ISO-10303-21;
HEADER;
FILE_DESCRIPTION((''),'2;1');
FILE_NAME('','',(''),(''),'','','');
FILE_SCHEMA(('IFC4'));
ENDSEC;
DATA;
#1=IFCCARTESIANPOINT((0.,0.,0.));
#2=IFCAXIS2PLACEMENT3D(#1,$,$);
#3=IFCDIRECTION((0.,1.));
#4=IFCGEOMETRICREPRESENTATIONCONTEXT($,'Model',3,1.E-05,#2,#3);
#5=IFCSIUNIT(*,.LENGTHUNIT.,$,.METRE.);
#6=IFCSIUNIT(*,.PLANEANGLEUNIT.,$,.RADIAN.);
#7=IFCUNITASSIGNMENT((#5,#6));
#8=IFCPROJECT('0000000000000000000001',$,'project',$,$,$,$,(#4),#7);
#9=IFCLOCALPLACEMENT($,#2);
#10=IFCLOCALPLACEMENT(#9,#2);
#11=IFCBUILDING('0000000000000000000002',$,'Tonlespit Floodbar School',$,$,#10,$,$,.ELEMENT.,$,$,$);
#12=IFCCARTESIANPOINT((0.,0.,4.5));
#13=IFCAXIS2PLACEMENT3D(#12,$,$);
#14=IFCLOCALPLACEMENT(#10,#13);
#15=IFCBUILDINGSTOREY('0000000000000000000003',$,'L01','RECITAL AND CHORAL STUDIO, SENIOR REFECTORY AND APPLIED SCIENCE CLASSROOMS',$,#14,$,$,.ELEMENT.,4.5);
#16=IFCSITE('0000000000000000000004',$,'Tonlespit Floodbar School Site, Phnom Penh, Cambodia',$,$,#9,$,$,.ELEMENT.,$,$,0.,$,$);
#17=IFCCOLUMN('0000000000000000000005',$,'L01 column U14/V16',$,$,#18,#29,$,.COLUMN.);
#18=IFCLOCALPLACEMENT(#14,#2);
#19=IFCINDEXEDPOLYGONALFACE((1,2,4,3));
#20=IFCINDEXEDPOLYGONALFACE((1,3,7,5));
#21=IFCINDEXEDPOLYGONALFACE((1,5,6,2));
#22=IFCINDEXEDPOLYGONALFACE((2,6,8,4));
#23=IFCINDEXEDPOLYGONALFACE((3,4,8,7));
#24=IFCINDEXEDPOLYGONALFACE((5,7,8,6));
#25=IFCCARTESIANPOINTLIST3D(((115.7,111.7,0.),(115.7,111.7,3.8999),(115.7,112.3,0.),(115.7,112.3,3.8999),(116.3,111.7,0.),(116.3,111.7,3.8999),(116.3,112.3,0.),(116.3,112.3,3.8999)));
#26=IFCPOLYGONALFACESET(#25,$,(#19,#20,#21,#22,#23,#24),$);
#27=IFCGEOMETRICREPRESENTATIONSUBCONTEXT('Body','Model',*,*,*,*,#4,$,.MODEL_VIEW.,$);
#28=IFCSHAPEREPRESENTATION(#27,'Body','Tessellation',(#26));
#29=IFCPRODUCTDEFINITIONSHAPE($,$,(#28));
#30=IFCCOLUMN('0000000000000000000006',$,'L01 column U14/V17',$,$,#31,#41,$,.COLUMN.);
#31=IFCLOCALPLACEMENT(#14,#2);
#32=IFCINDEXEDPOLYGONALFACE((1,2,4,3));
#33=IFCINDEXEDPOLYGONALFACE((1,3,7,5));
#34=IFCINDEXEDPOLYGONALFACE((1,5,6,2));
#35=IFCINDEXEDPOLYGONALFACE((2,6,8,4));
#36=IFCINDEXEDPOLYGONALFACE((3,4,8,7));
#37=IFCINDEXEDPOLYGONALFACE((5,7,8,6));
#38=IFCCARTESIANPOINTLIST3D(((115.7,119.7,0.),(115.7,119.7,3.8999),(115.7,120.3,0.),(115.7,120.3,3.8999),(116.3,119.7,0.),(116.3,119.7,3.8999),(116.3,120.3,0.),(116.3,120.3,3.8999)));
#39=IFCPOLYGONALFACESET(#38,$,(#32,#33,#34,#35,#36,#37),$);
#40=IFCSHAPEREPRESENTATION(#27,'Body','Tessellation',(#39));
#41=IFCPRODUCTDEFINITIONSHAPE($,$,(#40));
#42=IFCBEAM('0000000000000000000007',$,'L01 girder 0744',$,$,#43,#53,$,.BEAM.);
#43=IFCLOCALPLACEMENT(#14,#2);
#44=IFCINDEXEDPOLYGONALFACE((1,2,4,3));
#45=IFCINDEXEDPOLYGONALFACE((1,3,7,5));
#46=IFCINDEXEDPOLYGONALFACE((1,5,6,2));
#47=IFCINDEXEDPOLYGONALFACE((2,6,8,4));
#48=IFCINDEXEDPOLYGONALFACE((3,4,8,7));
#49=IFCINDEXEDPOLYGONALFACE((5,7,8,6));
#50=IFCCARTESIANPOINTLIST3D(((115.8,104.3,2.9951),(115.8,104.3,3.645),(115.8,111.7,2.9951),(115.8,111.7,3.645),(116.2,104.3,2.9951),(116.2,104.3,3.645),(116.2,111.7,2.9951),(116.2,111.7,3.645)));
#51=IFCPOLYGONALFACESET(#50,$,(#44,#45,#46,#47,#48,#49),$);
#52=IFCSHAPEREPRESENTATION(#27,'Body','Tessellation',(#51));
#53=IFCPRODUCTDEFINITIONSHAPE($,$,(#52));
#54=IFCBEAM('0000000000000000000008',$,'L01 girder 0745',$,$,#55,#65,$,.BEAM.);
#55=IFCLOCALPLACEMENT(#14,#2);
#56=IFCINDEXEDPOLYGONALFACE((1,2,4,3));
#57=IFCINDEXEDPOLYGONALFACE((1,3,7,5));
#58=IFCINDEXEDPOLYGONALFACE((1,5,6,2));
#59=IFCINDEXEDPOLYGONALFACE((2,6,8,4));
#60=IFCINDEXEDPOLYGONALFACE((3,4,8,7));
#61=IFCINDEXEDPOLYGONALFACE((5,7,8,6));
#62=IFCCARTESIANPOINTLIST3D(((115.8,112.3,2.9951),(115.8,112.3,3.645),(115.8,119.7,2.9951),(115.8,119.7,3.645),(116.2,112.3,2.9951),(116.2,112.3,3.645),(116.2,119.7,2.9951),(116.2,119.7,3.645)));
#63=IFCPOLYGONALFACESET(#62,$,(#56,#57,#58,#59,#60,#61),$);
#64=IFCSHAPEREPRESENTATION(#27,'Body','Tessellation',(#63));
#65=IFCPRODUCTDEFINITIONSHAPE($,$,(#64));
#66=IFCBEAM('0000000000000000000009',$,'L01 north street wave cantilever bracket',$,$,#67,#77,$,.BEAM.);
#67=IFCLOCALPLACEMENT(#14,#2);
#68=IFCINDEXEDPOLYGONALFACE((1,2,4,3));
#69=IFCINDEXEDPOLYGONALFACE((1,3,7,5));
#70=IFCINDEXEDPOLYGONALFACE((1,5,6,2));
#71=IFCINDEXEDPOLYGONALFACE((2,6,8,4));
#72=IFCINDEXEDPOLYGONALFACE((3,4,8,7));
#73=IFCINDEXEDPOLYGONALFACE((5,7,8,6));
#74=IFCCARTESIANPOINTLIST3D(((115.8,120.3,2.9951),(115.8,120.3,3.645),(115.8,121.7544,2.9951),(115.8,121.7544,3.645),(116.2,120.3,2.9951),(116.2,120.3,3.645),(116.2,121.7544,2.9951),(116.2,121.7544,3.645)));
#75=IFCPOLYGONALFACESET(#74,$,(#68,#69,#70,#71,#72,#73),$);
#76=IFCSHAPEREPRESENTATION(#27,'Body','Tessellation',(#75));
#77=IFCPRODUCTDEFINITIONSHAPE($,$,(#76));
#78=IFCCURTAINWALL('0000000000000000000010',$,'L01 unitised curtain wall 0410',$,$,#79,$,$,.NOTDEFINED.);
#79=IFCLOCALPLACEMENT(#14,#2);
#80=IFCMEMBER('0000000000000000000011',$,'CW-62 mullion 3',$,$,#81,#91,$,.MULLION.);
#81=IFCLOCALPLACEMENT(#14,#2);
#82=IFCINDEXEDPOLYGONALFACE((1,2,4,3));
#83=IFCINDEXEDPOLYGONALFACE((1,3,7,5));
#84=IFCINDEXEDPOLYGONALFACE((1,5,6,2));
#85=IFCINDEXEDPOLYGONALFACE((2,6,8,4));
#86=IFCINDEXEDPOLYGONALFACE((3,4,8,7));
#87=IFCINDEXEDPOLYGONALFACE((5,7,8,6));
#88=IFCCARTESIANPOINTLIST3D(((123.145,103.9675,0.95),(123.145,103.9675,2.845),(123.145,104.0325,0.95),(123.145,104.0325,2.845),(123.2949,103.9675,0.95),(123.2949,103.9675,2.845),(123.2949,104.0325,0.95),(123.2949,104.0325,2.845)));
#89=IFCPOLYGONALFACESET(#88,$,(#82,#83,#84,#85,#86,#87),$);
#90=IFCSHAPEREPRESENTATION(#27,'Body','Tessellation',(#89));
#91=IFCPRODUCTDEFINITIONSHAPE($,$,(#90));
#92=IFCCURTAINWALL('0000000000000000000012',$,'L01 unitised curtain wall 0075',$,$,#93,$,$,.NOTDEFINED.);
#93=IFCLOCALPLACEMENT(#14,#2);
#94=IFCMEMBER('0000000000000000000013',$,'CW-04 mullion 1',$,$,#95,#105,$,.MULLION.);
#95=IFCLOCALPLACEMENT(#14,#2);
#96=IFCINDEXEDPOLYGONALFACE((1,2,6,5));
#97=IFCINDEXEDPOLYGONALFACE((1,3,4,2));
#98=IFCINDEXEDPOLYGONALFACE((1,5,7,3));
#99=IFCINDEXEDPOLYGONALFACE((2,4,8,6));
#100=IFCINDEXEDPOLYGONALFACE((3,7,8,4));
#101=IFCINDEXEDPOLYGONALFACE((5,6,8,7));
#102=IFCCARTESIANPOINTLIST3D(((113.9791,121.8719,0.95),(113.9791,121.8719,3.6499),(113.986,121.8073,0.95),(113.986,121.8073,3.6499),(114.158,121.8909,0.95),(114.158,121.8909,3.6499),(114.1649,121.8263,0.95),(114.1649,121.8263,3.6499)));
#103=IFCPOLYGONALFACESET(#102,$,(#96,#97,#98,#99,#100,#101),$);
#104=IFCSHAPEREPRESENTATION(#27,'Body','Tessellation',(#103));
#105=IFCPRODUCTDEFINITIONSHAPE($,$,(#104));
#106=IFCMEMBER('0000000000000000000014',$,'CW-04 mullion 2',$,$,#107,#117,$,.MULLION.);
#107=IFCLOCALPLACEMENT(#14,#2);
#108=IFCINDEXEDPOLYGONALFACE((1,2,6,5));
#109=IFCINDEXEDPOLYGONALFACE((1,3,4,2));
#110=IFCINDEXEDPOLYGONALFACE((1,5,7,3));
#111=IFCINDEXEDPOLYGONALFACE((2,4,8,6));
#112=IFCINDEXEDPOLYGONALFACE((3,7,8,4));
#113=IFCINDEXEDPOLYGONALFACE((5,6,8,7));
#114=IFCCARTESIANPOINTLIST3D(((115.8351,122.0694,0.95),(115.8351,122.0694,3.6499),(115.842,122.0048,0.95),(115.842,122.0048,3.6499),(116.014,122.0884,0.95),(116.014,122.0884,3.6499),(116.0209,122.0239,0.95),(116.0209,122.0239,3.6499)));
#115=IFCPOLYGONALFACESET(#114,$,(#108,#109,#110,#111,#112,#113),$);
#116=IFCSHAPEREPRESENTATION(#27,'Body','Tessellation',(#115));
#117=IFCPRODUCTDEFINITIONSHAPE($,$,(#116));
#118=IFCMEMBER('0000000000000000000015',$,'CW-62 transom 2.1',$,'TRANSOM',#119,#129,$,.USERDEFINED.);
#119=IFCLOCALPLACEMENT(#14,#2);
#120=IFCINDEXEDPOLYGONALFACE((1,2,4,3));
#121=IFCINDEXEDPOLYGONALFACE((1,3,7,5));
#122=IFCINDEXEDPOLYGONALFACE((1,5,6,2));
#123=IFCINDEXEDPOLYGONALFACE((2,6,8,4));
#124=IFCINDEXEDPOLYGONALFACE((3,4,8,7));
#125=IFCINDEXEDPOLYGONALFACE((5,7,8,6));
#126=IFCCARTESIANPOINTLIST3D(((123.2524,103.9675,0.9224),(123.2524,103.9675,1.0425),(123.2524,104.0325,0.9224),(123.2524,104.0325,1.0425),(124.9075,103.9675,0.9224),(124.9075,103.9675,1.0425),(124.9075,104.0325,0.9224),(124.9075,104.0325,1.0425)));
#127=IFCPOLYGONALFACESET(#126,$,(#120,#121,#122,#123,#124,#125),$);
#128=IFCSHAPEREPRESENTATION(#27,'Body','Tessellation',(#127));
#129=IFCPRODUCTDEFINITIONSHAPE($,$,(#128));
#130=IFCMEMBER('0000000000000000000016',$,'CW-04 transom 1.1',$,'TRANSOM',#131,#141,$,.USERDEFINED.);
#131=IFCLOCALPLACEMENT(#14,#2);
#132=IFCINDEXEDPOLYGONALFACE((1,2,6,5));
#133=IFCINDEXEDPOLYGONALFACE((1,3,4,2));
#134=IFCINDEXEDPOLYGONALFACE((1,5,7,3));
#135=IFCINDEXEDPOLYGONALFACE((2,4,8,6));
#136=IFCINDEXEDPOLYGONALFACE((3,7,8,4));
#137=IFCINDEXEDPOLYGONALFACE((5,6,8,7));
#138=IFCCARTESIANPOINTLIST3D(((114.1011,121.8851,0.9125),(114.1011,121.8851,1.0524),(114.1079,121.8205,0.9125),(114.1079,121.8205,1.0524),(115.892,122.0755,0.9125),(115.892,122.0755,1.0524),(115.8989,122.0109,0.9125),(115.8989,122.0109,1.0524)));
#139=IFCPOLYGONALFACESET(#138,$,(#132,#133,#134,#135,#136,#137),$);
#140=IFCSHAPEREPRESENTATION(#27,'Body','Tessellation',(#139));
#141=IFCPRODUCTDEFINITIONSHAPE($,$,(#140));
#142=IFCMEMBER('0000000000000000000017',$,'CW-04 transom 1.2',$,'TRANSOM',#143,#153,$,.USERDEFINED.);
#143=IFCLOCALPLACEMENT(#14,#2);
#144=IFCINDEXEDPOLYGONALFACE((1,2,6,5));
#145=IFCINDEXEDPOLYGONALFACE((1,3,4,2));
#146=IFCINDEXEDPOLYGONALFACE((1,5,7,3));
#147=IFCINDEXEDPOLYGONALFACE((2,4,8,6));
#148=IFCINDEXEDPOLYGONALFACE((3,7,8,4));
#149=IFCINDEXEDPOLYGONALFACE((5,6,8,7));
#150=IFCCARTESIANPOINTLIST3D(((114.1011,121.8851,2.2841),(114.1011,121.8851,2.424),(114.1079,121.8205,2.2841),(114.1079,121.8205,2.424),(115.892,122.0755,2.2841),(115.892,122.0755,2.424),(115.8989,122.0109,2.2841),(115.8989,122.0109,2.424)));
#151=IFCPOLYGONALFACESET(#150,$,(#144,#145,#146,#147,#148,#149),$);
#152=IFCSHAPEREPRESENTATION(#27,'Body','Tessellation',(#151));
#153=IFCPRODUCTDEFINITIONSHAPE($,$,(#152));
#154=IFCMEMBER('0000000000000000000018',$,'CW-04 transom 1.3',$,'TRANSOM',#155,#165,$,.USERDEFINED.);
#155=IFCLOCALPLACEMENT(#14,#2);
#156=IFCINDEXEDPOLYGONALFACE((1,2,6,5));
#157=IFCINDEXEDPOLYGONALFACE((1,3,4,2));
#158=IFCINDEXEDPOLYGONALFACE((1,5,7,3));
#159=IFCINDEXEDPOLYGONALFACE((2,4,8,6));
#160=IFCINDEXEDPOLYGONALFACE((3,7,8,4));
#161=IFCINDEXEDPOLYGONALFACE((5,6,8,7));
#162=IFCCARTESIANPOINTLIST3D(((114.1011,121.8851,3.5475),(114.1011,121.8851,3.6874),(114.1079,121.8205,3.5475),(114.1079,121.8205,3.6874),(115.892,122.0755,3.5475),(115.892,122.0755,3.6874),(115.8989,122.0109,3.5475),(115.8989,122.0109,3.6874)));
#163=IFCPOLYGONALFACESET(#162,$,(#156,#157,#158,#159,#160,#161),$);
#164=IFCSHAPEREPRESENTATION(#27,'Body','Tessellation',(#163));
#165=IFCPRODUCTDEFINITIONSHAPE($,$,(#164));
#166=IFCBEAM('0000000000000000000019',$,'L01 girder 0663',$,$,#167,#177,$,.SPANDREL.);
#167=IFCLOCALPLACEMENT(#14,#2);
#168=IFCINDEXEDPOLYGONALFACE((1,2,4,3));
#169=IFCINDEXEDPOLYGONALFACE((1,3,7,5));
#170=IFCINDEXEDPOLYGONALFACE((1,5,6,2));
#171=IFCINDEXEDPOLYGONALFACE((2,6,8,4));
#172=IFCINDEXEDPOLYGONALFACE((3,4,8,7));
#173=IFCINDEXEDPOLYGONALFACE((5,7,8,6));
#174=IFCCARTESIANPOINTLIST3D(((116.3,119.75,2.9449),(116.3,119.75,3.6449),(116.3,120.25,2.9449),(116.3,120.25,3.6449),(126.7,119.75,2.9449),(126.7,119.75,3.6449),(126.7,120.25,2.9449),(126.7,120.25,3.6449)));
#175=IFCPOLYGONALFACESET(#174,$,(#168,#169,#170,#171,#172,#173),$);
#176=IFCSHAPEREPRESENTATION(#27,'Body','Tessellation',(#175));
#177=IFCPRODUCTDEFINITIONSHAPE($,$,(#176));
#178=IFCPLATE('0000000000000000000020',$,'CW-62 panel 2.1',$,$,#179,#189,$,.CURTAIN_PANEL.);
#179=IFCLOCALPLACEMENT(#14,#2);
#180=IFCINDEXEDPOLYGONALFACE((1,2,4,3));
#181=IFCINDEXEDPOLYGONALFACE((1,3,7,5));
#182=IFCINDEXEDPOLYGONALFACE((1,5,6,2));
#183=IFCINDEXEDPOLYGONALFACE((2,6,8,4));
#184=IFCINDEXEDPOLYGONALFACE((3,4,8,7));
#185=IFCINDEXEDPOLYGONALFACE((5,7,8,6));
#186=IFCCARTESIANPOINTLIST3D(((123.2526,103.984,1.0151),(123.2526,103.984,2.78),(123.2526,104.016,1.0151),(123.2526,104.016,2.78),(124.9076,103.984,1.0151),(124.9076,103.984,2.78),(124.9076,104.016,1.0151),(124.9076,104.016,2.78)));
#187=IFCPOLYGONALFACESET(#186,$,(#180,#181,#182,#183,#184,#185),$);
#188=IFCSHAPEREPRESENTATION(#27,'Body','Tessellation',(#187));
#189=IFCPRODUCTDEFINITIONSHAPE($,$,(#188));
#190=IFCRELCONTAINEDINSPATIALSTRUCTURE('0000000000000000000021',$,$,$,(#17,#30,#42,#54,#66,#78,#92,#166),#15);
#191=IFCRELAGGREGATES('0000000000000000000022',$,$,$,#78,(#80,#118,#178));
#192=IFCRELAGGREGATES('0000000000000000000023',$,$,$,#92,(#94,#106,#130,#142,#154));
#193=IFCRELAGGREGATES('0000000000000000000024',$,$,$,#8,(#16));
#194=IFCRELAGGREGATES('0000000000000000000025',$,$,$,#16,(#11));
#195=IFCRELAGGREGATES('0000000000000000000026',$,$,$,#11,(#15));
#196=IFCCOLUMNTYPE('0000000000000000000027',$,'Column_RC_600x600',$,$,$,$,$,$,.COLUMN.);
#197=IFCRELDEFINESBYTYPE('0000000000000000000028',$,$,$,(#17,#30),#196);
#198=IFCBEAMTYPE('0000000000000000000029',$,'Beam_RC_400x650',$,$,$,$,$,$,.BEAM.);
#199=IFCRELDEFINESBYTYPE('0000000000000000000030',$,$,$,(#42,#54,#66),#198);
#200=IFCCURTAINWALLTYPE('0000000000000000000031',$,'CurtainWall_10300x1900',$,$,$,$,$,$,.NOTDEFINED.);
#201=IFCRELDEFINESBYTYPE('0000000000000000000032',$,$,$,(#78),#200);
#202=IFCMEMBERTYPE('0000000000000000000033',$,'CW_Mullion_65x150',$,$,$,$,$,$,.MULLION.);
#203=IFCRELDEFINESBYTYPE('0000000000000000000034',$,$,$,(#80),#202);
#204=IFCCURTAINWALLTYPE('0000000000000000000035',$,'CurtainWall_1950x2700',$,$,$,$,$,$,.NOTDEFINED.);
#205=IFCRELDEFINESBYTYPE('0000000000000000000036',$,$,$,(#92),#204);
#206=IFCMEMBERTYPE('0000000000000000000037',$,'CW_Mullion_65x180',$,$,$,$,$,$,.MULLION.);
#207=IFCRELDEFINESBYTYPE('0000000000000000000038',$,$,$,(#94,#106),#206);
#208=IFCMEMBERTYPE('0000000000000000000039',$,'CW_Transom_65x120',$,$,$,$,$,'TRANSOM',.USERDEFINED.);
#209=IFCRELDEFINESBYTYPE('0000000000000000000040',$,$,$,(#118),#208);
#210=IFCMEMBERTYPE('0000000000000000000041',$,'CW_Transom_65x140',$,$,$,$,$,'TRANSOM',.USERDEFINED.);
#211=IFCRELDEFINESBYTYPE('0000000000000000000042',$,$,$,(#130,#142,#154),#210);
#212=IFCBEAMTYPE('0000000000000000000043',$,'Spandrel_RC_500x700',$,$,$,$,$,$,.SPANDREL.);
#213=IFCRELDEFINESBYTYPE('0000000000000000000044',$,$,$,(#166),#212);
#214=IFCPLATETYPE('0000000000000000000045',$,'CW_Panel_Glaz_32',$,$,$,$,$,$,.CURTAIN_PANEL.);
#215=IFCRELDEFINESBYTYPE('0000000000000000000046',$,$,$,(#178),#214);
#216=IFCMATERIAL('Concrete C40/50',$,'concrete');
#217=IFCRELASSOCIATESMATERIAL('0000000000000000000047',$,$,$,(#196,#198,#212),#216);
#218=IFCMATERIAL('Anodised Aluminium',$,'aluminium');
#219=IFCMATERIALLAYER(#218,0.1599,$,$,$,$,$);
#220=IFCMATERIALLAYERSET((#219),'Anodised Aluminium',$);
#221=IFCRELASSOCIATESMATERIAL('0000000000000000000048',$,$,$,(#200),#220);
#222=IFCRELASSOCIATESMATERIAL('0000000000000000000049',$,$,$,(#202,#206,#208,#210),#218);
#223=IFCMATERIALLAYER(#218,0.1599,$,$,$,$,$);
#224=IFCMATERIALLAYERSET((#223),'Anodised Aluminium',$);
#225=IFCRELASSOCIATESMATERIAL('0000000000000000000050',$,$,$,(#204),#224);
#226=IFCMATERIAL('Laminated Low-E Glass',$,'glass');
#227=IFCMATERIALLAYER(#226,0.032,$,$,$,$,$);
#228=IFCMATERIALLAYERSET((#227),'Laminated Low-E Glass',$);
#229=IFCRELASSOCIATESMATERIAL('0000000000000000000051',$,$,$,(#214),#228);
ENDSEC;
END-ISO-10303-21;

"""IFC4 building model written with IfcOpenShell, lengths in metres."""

from ifc_helpers import new_model, si_unit, direction, frame, origin, origin_2d, place, context, subcontext, project, spatial, rectangle, extrude, material, layer, layer_set, material_profile, profile_set, type_object, element, aggregate, save


model = new_model("IFC4")

# Units and contexts
model_context = context("Model", 3, precision=1e-05, world=origin(), true_north=direction((0.0, 1.0)))
body_context = subcontext(model_context, "Body", "Model", "MODEL_VIEW")
ifc_project = project(units=[si_unit("LENGTHUNIT", "METRE"), si_unit("PLANEANGLEUNIT", "RADIAN")], contexts=[model_context])

# Site, building, storey
site_placement = place(None, origin())
site = spatial("IfcSite", under=ifc_project, at=site_placement, Name="Tonlespit Floodbar School Site, Phnom Penh, Cambodia", CompositionType="ELEMENT", RefElevation=0.0)
building_placement = place(site_placement, origin())
building = spatial("IfcBuilding", under=site, at=building_placement, Name="Tonlespit Floodbar School", CompositionType="ELEMENT")
storey_placement = place(building_placement, frame((0.0, 0.0, 4.5)))
storey = spatial("IfcBuildingStorey", under=building, at=storey_placement, Name="L01", Description="RECITAL AND CHORAL STUDIO, SENIOR REFECTORY AND APPLIED SCIENCE CLASSROOMS", CompositionType="ELEMENT", Elevation=4.5)

# Columns
ifc_material_1 = material(Name="Concrete C40/50", Category="concrete")
ifc_material_profile_1 = material_profile(ifc_material_1, rectangle(XDim=0.6001, YDim=0.6001, at=origin_2d()), Name="RC 600x600")
ifc_profile_set_1 = profile_set([ifc_material_profile_1], Name="Concrete C40/50")
column_type = type_object("IfcColumnType", Name="Column_RC_600x600", PredefinedType="COLUMN", material=ifc_profile_set_1)
for number, where, z_axis, x_axis, name in (
    (1, (116.0, 112.0, 0.0), (0.0, 0.0, 1.0), (1.0, 0.0, 0.0), "L01 column U14/V16"),
    (2, (116.0, 120.0, 0.0), (0.0, 0.0, 1.0), (1.0, 0.0, 0.0), "L01 column U14/V17"),
):
    element("IfcColumn", number, at=place(storey_placement, frame(where, z_axis=z_axis, x_axis=x_axis)), inside=storey, type_object=column_type, Name=name, PredefinedType="COLUMN", context=body_context, shape_type="SweptSolid", body=[
        extrude(rectangle(XDim=0.6001, YDim=0.6001, at=origin_2d()), origin(), (0.0, 0.0, 1.0), 3.8999),
    ])

# Beams
ifc_material_profile_2 = material_profile(ifc_material_1, rectangle(XDim=0.3999, YDim=0.6499, at=origin_2d()), Name="RC 400x650")
ifc_profile_set_2 = profile_set([ifc_material_profile_2], Name="Concrete C40/50")
beam_type_1 = type_object("IfcBeamType", Name="Beam_RC_400x650", PredefinedType="BEAM", material=ifc_profile_set_2)
for number, where, z_axis, x_axis, name in (
    (3, (116.0, 104.3, 3.3201), (0.0, 1.0, 0.0), (-1.0, 0.0, 0.0), "L01 girder 0744"),
    (4, (116.0, 112.3, 3.3201), (0.0, 1.0, 0.0), (-1.0, 0.0, 0.0), "L01 girder 0745"),
):
    element("IfcBeam", number, at=place(storey_placement, frame(where, z_axis=z_axis, x_axis=x_axis)), inside=storey, type_object=beam_type_1, Name=name, PredefinedType="BEAM", context=body_context, shape_type="SweptSolid", body=[
        extrude(rectangle(XDim=0.3999, YDim=0.6499, at=origin_2d()), origin(), (0.0, 0.0, 1.0), 7.3999),
    ])
beam_1_placement = place(storey_placement, frame((116.0, 120.3, 3.3201), z_axis=(0.0, 1.0, 0.0), x_axis=(-1.0, 0.0, 0.0)))
element("IfcBeam", 5, at=beam_1_placement, inside=storey, type_object=beam_type_1, Name="L01 north street wave cantilever bracket", PredefinedType="BEAM", context=body_context, shape_type="SweptSolid", body=[
    extrude(rectangle(XDim=0.3999, YDim=0.6499, at=origin_2d()), origin(), (0.0, 0.0, 1.0), 1.4543),
])

# Curtain wall, member
ifc_material_2 = material(Name="Anodised Aluminium", Category="aluminium")
ifc_layer_1 = layer(ifc_material_2, 0.1599)
ifc_layer_set_1 = layer_set([ifc_layer_1], Name="Anodised Aluminium")
curtain_wall_type_1 = type_object("IfcCurtainWallType", Name="CurtainWall_10300x1900", PredefinedType="NOTDEFINED", material=ifc_layer_set_1)
curtain_wall_1_placement = place(storey_placement, origin())
curtain_wall_1 = element("IfcCurtainWall", 6, at=curtain_wall_1_placement, inside=storey, type_object=curtain_wall_type_1, Name="L01 unitised curtain wall 0410", PredefinedType="NOTDEFINED")
ifc_material_profile_3 = material_profile(ifc_material_2, rectangle(XDim=0.0649, YDim=0.1499, at=origin_2d()), Name="ALU M65x150")
ifc_profile_set_3 = profile_set([ifc_material_profile_3], Name="Anodised Aluminium")
member_type_1 = type_object("IfcMemberType", Name="CW_Mullion_65x150", PredefinedType="MULLION", material=ifc_profile_set_3)
member_1_placement = place(storey_placement, frame((123.22, 104.0, 0.95), z_axis=(0.0, 0.0, 1.0), x_axis=(0.0, -1.0, 0.0)))
member_1 = element("IfcMember", 7, at=member_1_placement, type_object=member_type_1, Name="CW-62 mullion 3", PredefinedType="MULLION", context=body_context, shape_type="SweptSolid", body=[
    extrude(rectangle(XDim=0.0649, YDim=0.1499, at=origin_2d()), origin(), (0.0, 0.0, 1.0), 1.895),
])

# Curtain wall, members
ifc_layer_2 = layer(ifc_material_2, 0.1599)
ifc_layer_set_2 = layer_set([ifc_layer_2], Name="Anodised Aluminium")
curtain_wall_type_2 = type_object("IfcCurtainWallType", Name="CurtainWall_1950x2700", PredefinedType="NOTDEFINED", material=ifc_layer_set_2)
curtain_wall_2_placement = place(storey_placement, origin())
curtain_wall_2 = element("IfcCurtainWall", 8, at=curtain_wall_2_placement, inside=storey, type_object=curtain_wall_type_2, Name="L01 unitised curtain wall 0075", PredefinedType="NOTDEFINED")
ifc_material_profile_4 = material_profile(ifc_material_2, rectangle(XDim=0.0649, YDim=0.1799, at=origin_2d()), Name="ALU M65x180")
ifc_profile_set_4 = profile_set([ifc_material_profile_4], Name="Anodised Aluminium")
member_type_2 = type_object("IfcMemberType", Name="CW_Mullion_65x180", PredefinedType="MULLION", material=ifc_profile_set_4)
member_2_placement = place(storey_placement, frame((114.072, 121.8491, 0.95), z_axis=(0.0, 0.0, 1.0), x_axis=(-0.105787, 0.994389, 0.0)))
member_2 = element("IfcMember", 9, at=member_2_placement, type_object=member_type_2, Name="CW-04 mullion 1", PredefinedType="MULLION", context=body_context, shape_type="SweptSolid", body=[
    extrude(rectangle(XDim=0.0649, YDim=0.1799, at=origin_2d()), origin(), (0.0, 0.0, 1.0), 2.7),
])
member_3_placement = place(storey_placement, frame((115.928, 122.0466, 0.95), z_axis=(0.0, 0.0, 1.0), x_axis=(-0.105787, 0.994389, 0.0)))
member_3 = element("IfcMember", 10, at=member_3_placement, type_object=member_type_2, Name="CW-04 mullion 2", PredefinedType="MULLION", context=body_context, shape_type="SweptSolid", body=[
    extrude(rectangle(XDim=0.0649, YDim=0.1799, at=origin_2d()), origin(), (0.0, 0.0, 1.0), 2.7),
])

# Members
ifc_material_profile_5 = material_profile(ifc_material_2, rectangle(XDim=0.0649, YDim=0.1201, at=origin_2d()), Name="ALU T65x120")
ifc_profile_set_5 = profile_set([ifc_material_profile_5], Name="Anodised Aluminium")
member_type_3 = type_object("IfcMemberType", Name="CW_Transom_65x120", ElementType="TRANSOM", PredefinedType="USERDEFINED", material=ifc_profile_set_5)
member_4_placement = place(storey_placement, frame((124.9075, 104.0, 0.9824), z_axis=(-1.0, 0.0, 0.0), x_axis=(0.0, -1.0, 0.0)))
member_4 = element("IfcMember", 11, at=member_4_placement, type_object=member_type_3, Name="CW-62 transom 2.1", ObjectType="TRANSOM", PredefinedType="USERDEFINED", context=body_context, shape_type="SweptSolid", body=[
    extrude(rectangle(XDim=0.0649, YDim=0.1201, at=origin_2d()), origin(), (0.0, 0.0, 1.0), 1.655),
])
ifc_material_profile_6 = material_profile(ifc_material_2, rectangle(XDim=0.0649, YDim=0.1399, at=origin_2d()), Name="ALU T65x140")
ifc_profile_set_6 = profile_set([ifc_material_profile_6], Name="Anodised Aluminium")
member_type_4 = type_object("IfcMemberType", Name="CW_Transom_65x140", ElementType="TRANSOM", PredefinedType="USERDEFINED", material=ifc_profile_set_6)
member_5_placement = place(storey_placement, frame((114.1045, 121.8528, 0.9824), z_axis=(0.994395, 0.105729, 0.0), x_axis=(-0.105729, 0.994395, 0.0)))
member_5 = element("IfcMember", 12, at=member_5_placement, type_object=member_type_4, Name="CW-04 transom 1.1", ObjectType="TRANSOM", PredefinedType="USERDEFINED", context=body_context, shape_type="SweptSolid", body=[
    extrude(rectangle(XDim=0.0649, YDim=0.1399, at=origin_2d()), origin(), (0.0, 0.0, 1.0), 1.801),
])
member_6_placement = place(storey_placement, frame((114.1045, 121.8528, 2.354), z_axis=(0.994395, 0.105729, 0.0), x_axis=(-0.105729, 0.994395, 0.0)))
member_6 = element("IfcMember", 13, at=member_6_placement, type_object=member_type_4, Name="CW-04 transom 1.2", ObjectType="TRANSOM", PredefinedType="USERDEFINED", context=body_context, shape_type="SweptSolid", body=[
    extrude(rectangle(XDim=0.0649, YDim=0.1399, at=origin_2d()), origin(), (0.0, 0.0, 1.0), 1.801),
])
member_7_placement = place(storey_placement, frame((114.1045, 121.8528, 3.6174), z_axis=(0.994395, 0.105729, 0.0), x_axis=(-0.105729, 0.994395, 0.0)))
member_7 = element("IfcMember", 14, at=member_7_placement, type_object=member_type_4, Name="CW-04 transom 1.3", ObjectType="TRANSOM", PredefinedType="USERDEFINED", context=body_context, shape_type="SweptSolid", body=[
    extrude(rectangle(XDim=0.0649, YDim=0.1399, at=origin_2d()), origin(), (0.0, 0.0, 1.0), 1.801),
])

# Beam
ifc_material_profile_7 = material_profile(ifc_material_1, rectangle(XDim=0.5, YDim=0.7, at=origin_2d()), Name="RC 500x700")
ifc_profile_set_7 = profile_set([ifc_material_profile_7], Name="Concrete C40/50")
beam_type_2 = type_object("IfcBeamType", Name="Spandrel_RC_500x700", PredefinedType="SPANDREL", material=ifc_profile_set_7)
beam_2_placement = place(storey_placement, frame((116.3, 120.0, 3.2949), z_axis=(1.0, 0.0, 0.0), x_axis=(0.0, 1.0, 0.0)))
element("IfcBeam", 15, at=beam_2_placement, inside=storey, type_object=beam_type_2, Name="L01 girder 0663", PredefinedType="SPANDREL", context=body_context, shape_type="SweptSolid", body=[
    extrude(rectangle(XDim=0.5, YDim=0.7, at=origin_2d()), origin(), (0.0, 0.0, 1.0), 10.3999),
])

# Plate
ifc_material_3 = material(Name="Laminated Low-E Glass", Category="glass")
ifc_layer_3 = layer(ifc_material_3, 0.032)
ifc_layer_set_3 = layer_set([ifc_layer_3], Name="Laminated Low-E Glass")
plate_type_1 = type_object("IfcPlateType", Name="CW_Panel_Glaz_32", PredefinedType="CURTAIN_PANEL", material=ifc_layer_set_3)
plate_1_placement = place(storey_placement, frame((124.0801, 104.0, 1.0151), z_axis=(0.0, 0.0, 1.0), x_axis=(-1.0, 0.0, 0.0)))
plate_1 = element("IfcPlate", 16, at=plate_1_placement, type_object=plate_type_1, Name="CW-62 panel 2.1", PredefinedType="CURTAIN_PANEL", context=body_context, shape_type="SweptSolid", body=[
    extrude(rectangle(XDim=1.655, YDim=0.032, at=origin_2d()), origin(), (0.0, 0.0, 1.0), 1.7649),
])
aggregate(curtain_wall_1, [member_1, member_4, plate_1])
aggregate(curtain_wall_2, [member_2, member_3, member_5, member_6, member_7])

save(model, "model.ifc")
